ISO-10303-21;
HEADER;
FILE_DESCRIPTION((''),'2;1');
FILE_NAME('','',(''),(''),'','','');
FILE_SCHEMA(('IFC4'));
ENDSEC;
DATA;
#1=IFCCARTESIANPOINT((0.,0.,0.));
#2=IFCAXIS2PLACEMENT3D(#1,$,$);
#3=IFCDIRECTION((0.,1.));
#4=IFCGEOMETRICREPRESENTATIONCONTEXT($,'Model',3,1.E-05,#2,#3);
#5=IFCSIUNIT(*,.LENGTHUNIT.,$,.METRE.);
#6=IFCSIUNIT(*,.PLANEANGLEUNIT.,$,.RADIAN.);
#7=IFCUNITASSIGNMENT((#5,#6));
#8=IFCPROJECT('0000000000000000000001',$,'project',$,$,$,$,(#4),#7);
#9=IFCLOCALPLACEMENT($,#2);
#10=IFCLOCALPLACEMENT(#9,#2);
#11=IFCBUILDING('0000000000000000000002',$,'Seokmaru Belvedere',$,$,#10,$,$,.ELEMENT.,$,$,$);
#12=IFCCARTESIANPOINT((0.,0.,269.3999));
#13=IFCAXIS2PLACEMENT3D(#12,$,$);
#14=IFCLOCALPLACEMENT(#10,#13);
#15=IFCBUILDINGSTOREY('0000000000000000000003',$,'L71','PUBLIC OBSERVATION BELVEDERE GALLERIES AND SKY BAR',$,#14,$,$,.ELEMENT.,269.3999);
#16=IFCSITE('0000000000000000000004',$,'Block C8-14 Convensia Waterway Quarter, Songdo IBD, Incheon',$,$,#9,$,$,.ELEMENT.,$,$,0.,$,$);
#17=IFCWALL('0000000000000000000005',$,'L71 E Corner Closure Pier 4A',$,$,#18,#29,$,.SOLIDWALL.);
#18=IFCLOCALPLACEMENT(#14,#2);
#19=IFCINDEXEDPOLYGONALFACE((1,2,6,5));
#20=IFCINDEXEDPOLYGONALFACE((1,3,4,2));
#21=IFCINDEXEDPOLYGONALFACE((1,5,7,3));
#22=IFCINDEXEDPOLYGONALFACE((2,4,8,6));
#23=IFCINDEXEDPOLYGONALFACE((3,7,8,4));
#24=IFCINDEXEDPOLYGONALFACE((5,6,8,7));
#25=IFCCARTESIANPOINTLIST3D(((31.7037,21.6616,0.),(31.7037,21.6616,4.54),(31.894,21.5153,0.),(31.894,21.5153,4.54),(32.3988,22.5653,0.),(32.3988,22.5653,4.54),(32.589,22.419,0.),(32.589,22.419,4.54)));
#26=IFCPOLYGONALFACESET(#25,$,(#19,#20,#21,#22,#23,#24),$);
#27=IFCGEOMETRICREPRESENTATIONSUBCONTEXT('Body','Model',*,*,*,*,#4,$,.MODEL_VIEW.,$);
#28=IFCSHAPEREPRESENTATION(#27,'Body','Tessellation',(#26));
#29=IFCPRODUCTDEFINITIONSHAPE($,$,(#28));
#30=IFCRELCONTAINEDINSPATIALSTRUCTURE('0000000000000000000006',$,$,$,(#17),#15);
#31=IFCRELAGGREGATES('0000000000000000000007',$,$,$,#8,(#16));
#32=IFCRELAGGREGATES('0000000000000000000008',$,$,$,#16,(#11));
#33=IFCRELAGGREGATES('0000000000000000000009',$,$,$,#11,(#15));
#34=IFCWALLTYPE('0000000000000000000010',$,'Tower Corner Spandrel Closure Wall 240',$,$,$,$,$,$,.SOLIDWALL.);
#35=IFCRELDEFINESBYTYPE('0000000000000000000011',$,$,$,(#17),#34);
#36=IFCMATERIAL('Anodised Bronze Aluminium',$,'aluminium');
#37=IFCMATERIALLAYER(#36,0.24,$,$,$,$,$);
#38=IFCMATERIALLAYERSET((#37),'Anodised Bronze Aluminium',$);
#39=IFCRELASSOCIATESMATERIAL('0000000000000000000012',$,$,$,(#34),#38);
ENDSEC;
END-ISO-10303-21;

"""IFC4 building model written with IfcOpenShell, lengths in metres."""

from ifc_helpers import new_model, si_unit, direction, frame, frame_2d, origin, place, context, subcontext, project, spatial, rectangle, extrude, material, layer, layer_set, type_object, element, save


model = new_model("IFC4")

# Units and contexts
model_context = context("Model", 3, precision=1e-05, world=origin(), true_north=direction((0.0, 1.0)))
body_context = subcontext(model_context, "Body", "Model", "MODEL_VIEW")
ifc_project = project(units=[si_unit("LENGTHUNIT", "METRE"), si_unit("PLANEANGLEUNIT", "RADIAN")], contexts=[model_context])

# Site, building, storey
site_placement = place(None, origin())
site = spatial("IfcSite", under=ifc_project, at=site_placement, Name="Block C8-14 Convensia Waterway Quarter, Songdo IBD, Incheon", CompositionType="ELEMENT", RefElevation=0.0)
building_placement = place(site_placement, origin())
building = spatial("IfcBuilding", under=site, at=building_placement, Name="Seokmaru Belvedere", CompositionType="ELEMENT")
storey_placement = place(building_placement, frame((0.0, 0.0, 269.3999)))
storey = spatial("IfcBuildingStorey", under=building, at=storey_placement, Name="L71", Description="PUBLIC OBSERVATION BELVEDERE GALLERIES AND SKY BAR", CompositionType="ELEMENT", Elevation=269.3999)

# Shared definitions
ifc_material_1 = material(Name="Anodised Bronze Aluminium", Category="aluminium")

# Wall
ifc_layer_1 = layer(ifc_material_1, 0.24)
ifc_layer_set_1 = layer_set([ifc_layer_1], Name="Anodised Bronze Aluminium")
wall_type = type_object("IfcWallType", Name="Tower Corner Spandrel Closure Wall 240", PredefinedType="SOLIDWALL", material=ifc_layer_set_1)
for number, where, z_axis, x_axis, name in (
    (1, (32.4939, 22.4922, 0.0), (0.0, 0.0, 1.0), (-0.609618, -0.792696, 0.0), "L71 E Corner Closure Pier 4A"),
):
    element("IfcWall", number, at=place(storey_placement, frame(where, z_axis=z_axis, x_axis=x_axis)), inside=storey, type_object=wall_type, Name=name, PredefinedType="SOLIDWALL", context=body_context, shape_type="SweptSolid", body=[
        extrude(rectangle(XDim=1.1401, YDim=0.24, at=frame_2d((0.5701, 0.0))), origin(), (0.0, 0.0, 1.0), 4.54),
    ])

save(model, "model.ifc")
